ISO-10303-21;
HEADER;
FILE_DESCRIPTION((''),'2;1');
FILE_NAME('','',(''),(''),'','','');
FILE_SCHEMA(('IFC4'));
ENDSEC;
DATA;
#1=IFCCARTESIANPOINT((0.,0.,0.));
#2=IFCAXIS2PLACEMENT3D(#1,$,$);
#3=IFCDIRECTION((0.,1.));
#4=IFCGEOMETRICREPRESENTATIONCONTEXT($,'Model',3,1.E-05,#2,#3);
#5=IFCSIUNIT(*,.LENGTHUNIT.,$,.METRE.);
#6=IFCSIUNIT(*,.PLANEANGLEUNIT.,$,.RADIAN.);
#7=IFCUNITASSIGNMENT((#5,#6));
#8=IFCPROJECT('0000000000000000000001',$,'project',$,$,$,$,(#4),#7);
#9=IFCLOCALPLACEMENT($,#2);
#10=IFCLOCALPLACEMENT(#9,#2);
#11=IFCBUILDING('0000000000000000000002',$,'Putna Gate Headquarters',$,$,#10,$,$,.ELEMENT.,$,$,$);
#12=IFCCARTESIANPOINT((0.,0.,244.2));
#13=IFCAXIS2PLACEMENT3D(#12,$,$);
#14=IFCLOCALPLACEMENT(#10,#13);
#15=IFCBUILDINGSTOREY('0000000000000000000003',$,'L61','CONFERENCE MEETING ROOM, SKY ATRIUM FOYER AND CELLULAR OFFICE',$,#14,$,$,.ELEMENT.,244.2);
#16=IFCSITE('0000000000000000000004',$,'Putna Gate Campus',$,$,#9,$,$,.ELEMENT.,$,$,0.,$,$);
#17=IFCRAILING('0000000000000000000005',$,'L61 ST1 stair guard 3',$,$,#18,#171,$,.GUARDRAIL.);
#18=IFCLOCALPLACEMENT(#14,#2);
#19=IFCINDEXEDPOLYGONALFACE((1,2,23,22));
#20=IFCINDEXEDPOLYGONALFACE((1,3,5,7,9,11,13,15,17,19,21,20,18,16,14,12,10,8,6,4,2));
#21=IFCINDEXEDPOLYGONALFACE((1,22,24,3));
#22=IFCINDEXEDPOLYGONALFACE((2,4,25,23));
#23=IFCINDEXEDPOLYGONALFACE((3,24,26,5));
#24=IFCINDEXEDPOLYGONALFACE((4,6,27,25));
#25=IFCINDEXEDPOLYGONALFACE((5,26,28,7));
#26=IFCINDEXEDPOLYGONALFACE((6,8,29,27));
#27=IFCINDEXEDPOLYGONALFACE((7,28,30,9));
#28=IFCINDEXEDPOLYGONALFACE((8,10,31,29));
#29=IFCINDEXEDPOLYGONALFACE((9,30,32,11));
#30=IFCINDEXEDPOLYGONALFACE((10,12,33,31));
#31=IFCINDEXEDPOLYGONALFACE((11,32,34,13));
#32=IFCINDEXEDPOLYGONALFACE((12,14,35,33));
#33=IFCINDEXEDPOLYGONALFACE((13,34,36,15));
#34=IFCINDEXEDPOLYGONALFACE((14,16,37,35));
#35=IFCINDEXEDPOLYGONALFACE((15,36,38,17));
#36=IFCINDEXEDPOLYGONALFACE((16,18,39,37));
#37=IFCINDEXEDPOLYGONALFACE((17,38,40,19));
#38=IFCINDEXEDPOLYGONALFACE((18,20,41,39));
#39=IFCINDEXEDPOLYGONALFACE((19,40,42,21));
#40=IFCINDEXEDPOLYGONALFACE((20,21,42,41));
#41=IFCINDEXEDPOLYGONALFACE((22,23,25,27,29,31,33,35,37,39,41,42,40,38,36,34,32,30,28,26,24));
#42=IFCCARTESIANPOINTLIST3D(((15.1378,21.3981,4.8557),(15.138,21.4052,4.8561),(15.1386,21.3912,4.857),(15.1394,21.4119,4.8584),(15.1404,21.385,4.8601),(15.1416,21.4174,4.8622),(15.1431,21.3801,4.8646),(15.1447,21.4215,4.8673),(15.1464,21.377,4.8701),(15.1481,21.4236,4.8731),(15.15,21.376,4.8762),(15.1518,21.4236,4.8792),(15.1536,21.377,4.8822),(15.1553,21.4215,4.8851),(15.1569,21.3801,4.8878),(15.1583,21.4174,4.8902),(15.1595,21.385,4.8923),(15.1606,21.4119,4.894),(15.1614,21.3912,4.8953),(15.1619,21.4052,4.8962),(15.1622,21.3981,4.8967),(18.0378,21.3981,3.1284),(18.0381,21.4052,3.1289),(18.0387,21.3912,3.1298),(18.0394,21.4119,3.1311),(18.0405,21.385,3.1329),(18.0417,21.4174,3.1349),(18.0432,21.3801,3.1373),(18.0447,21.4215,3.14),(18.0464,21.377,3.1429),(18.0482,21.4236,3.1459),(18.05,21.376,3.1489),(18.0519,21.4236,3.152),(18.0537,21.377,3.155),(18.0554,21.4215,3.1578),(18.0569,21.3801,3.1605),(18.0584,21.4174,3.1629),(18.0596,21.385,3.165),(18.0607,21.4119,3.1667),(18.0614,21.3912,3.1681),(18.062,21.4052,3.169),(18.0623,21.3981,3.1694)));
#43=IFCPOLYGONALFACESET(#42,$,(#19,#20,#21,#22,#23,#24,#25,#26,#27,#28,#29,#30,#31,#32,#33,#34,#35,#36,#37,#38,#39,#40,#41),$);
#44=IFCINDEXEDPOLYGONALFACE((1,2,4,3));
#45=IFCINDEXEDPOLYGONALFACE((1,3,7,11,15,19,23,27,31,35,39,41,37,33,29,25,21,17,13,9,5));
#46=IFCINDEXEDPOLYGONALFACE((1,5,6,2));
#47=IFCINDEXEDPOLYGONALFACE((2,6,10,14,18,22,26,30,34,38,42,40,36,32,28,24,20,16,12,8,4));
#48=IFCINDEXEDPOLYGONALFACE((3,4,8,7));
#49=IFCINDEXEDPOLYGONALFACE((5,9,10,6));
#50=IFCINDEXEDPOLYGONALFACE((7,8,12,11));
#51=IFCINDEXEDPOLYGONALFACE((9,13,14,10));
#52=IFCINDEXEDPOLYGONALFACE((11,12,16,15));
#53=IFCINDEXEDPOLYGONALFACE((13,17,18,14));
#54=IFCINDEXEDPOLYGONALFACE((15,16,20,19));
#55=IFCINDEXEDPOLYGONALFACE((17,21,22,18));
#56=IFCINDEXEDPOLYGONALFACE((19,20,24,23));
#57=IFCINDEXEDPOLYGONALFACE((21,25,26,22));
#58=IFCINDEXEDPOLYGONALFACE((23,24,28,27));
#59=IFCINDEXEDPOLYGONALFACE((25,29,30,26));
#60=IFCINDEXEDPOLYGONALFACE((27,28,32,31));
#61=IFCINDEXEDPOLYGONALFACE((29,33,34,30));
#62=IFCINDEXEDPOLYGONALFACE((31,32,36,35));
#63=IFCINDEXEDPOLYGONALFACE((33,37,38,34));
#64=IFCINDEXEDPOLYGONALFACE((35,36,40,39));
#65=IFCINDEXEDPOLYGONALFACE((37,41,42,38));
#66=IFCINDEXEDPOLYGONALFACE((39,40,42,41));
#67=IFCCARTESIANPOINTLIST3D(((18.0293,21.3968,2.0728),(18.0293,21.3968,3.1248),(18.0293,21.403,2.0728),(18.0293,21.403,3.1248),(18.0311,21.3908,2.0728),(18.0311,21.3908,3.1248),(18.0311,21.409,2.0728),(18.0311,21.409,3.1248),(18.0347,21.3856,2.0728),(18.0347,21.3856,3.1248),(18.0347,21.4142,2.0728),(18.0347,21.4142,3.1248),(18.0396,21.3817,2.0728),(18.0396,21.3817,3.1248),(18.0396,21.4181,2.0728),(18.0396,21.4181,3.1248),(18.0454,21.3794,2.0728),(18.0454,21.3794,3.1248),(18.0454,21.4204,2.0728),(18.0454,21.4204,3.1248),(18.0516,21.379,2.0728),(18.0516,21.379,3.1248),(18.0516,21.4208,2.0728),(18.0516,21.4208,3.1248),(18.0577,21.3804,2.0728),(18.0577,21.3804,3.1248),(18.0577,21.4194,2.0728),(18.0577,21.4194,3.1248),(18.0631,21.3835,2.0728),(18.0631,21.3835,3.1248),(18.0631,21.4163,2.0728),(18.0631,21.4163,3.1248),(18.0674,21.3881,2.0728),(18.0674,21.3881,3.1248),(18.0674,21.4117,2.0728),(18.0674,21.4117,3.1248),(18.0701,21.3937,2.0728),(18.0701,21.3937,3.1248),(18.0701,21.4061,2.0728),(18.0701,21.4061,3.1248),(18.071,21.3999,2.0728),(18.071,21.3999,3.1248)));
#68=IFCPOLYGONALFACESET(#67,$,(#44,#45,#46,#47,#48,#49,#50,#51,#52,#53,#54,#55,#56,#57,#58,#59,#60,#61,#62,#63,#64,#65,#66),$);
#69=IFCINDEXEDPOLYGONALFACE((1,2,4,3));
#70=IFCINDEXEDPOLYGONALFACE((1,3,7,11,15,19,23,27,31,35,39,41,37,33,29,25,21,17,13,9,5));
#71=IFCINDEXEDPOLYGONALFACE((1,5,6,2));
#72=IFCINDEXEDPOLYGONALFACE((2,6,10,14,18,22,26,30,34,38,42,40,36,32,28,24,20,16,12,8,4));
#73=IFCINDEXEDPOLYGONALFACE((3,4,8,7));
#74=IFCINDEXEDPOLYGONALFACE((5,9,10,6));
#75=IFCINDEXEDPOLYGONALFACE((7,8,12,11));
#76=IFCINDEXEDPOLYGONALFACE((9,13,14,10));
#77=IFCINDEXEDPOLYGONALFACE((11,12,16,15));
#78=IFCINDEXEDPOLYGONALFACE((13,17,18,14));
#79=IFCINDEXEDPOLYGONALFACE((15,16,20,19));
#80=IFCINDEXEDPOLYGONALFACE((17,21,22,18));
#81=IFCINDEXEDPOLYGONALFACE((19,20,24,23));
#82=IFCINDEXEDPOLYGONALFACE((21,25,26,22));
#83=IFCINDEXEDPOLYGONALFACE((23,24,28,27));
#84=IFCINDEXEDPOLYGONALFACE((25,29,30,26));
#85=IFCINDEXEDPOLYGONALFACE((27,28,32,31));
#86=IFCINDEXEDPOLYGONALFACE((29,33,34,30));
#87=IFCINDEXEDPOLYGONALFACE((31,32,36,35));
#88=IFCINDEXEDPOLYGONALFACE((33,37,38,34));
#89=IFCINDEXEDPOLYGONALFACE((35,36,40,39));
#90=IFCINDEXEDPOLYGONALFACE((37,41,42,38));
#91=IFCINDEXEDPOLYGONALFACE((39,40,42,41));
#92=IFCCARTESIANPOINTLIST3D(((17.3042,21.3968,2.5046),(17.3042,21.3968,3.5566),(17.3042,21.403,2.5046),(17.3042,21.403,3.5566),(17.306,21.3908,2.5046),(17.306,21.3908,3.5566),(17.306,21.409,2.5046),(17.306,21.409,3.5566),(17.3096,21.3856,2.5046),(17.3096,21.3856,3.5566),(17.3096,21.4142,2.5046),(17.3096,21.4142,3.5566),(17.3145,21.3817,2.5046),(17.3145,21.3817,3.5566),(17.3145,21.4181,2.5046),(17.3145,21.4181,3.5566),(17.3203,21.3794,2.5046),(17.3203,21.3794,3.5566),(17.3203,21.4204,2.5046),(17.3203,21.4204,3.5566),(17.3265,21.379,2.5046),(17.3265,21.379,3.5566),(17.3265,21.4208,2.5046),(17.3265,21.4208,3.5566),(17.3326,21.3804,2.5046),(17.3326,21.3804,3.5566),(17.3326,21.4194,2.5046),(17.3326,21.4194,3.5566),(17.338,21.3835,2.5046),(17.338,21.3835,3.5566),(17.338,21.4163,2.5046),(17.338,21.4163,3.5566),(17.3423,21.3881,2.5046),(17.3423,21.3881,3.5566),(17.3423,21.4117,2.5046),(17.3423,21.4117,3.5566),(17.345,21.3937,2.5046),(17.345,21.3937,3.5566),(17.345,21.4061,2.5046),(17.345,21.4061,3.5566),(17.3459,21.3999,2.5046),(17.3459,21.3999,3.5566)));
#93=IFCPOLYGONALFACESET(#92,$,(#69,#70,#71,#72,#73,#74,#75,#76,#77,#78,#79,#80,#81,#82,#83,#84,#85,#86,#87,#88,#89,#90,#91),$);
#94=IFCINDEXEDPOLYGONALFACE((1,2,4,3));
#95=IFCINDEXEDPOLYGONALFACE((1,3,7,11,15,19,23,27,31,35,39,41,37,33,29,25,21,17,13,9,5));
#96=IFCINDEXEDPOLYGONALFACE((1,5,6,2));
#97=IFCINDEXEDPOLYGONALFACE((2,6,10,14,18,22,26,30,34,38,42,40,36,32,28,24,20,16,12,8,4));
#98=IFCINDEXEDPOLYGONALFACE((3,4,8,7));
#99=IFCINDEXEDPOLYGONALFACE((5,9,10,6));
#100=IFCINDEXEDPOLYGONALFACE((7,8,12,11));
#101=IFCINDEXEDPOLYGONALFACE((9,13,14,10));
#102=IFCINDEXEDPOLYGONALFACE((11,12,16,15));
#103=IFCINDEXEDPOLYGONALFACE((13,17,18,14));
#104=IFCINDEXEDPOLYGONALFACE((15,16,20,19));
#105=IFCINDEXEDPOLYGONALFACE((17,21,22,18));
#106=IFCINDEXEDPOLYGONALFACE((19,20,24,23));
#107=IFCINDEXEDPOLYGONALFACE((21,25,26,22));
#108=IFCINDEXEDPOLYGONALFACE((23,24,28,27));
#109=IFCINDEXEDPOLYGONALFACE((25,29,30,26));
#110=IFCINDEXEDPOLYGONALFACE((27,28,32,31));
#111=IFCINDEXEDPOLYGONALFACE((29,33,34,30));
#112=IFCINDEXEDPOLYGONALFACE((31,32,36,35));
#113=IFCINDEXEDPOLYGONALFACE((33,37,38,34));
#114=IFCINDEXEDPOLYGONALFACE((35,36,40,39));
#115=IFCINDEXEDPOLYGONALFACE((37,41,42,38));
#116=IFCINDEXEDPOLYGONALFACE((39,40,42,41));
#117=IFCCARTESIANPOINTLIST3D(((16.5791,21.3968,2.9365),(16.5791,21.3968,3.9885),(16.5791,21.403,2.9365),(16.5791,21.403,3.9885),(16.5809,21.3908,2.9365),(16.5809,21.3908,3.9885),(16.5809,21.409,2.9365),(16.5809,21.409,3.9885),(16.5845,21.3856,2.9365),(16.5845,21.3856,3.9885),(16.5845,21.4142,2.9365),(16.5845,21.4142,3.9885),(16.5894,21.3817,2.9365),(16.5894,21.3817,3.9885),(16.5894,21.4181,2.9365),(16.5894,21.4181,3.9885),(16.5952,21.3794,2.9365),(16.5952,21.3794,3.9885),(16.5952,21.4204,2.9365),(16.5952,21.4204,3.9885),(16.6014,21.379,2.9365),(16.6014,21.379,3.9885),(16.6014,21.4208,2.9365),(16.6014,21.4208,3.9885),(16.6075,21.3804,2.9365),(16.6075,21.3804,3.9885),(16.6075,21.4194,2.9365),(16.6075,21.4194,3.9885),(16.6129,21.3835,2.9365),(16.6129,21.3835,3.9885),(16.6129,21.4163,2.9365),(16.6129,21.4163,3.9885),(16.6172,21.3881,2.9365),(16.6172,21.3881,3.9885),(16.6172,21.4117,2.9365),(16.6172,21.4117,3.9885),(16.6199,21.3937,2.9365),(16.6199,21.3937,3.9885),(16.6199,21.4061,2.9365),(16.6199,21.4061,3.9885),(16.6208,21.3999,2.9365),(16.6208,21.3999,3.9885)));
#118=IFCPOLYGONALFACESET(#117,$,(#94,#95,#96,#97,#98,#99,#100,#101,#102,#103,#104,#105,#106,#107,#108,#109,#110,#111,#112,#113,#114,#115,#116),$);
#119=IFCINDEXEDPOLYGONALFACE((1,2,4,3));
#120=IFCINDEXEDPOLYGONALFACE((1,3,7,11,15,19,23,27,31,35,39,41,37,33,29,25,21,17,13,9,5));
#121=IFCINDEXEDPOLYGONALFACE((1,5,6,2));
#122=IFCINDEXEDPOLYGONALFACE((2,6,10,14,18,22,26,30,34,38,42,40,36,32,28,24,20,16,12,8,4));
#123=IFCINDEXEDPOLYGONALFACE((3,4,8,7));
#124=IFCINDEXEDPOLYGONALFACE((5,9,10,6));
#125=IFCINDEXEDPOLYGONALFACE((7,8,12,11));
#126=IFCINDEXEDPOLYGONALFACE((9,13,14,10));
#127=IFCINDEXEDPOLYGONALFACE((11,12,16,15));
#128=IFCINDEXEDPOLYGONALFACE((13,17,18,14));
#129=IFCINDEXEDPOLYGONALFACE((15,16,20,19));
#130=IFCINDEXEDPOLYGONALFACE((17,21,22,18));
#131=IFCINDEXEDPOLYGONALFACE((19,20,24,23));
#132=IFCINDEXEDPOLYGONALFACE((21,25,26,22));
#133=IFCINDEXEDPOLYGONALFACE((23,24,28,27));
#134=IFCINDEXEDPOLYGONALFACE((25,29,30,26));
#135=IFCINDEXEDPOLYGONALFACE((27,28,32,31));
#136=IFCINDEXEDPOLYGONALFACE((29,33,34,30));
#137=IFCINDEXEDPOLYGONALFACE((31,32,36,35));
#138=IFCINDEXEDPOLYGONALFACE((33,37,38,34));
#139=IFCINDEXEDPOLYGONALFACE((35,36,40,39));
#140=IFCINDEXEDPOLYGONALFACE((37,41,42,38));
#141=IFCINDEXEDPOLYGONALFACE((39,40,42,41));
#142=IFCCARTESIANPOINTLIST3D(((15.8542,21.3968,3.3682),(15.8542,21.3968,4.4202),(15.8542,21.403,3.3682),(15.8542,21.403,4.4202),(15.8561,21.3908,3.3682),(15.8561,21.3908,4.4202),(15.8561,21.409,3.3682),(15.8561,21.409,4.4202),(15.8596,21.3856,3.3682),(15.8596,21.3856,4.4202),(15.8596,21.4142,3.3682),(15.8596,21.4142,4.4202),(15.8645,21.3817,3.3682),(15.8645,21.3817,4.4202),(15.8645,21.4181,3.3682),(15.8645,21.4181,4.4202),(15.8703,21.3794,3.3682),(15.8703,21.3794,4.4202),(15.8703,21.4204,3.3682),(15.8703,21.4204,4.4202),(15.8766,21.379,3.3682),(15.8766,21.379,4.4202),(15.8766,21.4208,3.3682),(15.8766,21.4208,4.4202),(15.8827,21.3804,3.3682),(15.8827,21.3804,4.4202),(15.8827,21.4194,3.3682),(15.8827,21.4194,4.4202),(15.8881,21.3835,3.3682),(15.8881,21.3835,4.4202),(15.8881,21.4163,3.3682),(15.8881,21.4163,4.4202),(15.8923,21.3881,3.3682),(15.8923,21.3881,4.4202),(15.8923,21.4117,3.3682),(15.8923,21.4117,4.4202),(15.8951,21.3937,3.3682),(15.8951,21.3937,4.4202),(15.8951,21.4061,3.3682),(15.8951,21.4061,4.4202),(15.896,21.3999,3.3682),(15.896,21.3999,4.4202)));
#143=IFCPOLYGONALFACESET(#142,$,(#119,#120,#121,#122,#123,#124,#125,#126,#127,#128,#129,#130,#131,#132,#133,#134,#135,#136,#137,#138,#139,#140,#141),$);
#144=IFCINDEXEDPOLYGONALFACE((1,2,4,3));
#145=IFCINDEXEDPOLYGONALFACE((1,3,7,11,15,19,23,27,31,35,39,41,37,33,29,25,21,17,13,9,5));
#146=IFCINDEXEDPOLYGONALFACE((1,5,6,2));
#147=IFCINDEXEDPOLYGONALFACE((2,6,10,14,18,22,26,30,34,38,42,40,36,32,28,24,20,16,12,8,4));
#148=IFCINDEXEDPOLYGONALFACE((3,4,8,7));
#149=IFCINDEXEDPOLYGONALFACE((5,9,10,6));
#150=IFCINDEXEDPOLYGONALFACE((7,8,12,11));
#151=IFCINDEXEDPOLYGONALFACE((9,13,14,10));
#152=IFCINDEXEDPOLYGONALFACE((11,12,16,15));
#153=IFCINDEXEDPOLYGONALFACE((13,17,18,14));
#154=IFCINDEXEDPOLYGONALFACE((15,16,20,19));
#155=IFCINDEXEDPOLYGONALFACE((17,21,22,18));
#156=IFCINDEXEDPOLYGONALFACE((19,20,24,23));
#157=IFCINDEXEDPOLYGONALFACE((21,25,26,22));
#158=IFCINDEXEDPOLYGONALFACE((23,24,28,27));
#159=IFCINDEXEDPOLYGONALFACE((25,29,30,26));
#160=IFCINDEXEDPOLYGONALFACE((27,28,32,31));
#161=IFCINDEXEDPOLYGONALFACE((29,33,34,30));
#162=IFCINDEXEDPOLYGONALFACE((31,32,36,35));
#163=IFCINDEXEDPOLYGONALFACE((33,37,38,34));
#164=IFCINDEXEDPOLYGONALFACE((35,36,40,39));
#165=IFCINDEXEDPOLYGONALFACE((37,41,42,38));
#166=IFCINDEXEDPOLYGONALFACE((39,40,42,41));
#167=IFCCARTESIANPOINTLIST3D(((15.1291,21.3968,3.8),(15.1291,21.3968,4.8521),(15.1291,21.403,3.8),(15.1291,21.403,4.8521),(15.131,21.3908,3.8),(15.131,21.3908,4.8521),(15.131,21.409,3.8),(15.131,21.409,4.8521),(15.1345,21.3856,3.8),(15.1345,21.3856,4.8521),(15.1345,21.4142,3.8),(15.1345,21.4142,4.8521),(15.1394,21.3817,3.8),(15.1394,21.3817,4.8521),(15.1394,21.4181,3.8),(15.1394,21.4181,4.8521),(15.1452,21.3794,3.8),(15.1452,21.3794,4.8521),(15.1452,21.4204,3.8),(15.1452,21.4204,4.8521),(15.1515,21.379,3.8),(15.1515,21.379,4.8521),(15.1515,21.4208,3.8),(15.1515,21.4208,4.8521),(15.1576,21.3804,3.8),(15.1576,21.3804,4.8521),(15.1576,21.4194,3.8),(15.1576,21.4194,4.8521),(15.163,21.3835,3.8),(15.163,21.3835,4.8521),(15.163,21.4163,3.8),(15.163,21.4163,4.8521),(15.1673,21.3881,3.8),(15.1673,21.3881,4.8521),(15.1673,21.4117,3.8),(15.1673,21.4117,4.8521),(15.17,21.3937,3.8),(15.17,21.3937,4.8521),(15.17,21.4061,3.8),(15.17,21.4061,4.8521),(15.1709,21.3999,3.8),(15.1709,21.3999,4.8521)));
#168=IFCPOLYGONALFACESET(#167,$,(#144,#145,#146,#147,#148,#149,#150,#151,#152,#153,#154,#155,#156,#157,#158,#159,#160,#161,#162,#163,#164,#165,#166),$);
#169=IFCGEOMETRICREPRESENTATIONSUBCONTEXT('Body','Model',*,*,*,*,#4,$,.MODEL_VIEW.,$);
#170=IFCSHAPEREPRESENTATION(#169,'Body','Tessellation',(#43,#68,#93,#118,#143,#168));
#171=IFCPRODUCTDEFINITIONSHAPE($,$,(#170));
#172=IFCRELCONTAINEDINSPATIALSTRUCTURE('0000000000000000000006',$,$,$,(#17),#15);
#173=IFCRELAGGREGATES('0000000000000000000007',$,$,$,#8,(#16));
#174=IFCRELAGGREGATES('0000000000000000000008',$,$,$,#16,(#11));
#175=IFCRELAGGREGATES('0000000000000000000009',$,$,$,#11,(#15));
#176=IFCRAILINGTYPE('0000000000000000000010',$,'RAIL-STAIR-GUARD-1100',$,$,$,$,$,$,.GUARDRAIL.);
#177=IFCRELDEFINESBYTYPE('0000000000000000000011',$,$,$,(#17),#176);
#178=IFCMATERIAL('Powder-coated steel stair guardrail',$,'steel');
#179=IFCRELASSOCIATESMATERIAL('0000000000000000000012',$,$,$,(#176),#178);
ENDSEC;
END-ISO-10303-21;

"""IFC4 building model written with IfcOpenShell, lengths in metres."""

from ifc_helpers import new_model, si_unit, direction, frame, origin, origin_2d, place, context, subcontext, project, spatial, circle, extrude, material, type_object, element, save


model = new_model("IFC4")

# Units and contexts
model_context = context("Model", 3, precision=1e-05, world=origin(), true_north=direction((0.0, 1.0)))
body_context = subcontext(model_context, "Body", "Model", "MODEL_VIEW")
ifc_project = project(units=[si_unit("LENGTHUNIT", "METRE"), si_unit("PLANEANGLEUNIT", "RADIAN")], contexts=[model_context])

# Site, building, storey
site_placement = place(None, origin())
site = spatial("IfcSite", under=ifc_project, at=site_placement, Name="Putna Gate Campus", CompositionType="ELEMENT", RefElevation=0.0)
building_placement = place(site_placement, origin())
building = spatial("IfcBuilding", under=site, at=building_placement, Name="Putna Gate Headquarters", CompositionType="ELEMENT")
storey_placement = place(building_placement, frame((0.0, 0.0, 244.2)))
storey = spatial("IfcBuildingStorey", under=building, at=storey_placement, Name="L61", Description="CONFERENCE MEETING ROOM, SKY ATRIUM FOYER AND CELLULAR OFFICE", CompositionType="ELEMENT", Elevation=244.2)

# Railing
ifc_material_1 = material(Name="Powder-coated steel stair guardrail", Category="steel")
railing_type_1 = type_object("IfcRailingType", Name="RAIL-STAIR-GUARD-1100", PredefinedType="GUARDRAIL", material=ifc_material_1)
railing_1_placement = place(storey_placement, frame((18.05, 21.3999, 2.0728)))
element("IfcRailing", 1, at=railing_1_placement, inside=storey, type_object=railing_type_1, Name="L61 ST1 stair guard 3", PredefinedType="GUARDRAIL", context=body_context, shape_type="SweptSolid", body=[
    extrude(circle(Radius=0.0239, at=origin_2d()), frame((0.0, 0.0, 1.0762), z_axis=(-0.85916, 0.0, 0.511706), x_axis=(0.0, -1.0, 0.0)), (0.0, 0.0, 1.0), 3.3755),
    extrude(circle(Radius=0.021, at=origin_2d()), origin(), (0.0, 0.0, 1.0), 1.052),
    extrude(circle(Radius=0.021, at=origin_2d()), frame((-0.7251, 0.0, 0.4319)), (0.0, 0.0, 1.0), 1.052),
    extrude(circle(Radius=0.021, at=origin_2d()), frame((-1.4502, 0.0, 0.8638)), (0.0, 0.0, 1.0), 1.052),
    extrude(circle(Radius=0.021, at=origin_2d()), frame((-2.175, 0.0, 1.2954)), (0.0, 0.0, 1.0), 1.052),
    extrude(circle(Radius=0.021, at=origin_2d()), frame((-2.9001, 0.0, 1.7273)), (0.0, 0.0, 1.0), 1.052),
])

save(model, "model.ifc")
